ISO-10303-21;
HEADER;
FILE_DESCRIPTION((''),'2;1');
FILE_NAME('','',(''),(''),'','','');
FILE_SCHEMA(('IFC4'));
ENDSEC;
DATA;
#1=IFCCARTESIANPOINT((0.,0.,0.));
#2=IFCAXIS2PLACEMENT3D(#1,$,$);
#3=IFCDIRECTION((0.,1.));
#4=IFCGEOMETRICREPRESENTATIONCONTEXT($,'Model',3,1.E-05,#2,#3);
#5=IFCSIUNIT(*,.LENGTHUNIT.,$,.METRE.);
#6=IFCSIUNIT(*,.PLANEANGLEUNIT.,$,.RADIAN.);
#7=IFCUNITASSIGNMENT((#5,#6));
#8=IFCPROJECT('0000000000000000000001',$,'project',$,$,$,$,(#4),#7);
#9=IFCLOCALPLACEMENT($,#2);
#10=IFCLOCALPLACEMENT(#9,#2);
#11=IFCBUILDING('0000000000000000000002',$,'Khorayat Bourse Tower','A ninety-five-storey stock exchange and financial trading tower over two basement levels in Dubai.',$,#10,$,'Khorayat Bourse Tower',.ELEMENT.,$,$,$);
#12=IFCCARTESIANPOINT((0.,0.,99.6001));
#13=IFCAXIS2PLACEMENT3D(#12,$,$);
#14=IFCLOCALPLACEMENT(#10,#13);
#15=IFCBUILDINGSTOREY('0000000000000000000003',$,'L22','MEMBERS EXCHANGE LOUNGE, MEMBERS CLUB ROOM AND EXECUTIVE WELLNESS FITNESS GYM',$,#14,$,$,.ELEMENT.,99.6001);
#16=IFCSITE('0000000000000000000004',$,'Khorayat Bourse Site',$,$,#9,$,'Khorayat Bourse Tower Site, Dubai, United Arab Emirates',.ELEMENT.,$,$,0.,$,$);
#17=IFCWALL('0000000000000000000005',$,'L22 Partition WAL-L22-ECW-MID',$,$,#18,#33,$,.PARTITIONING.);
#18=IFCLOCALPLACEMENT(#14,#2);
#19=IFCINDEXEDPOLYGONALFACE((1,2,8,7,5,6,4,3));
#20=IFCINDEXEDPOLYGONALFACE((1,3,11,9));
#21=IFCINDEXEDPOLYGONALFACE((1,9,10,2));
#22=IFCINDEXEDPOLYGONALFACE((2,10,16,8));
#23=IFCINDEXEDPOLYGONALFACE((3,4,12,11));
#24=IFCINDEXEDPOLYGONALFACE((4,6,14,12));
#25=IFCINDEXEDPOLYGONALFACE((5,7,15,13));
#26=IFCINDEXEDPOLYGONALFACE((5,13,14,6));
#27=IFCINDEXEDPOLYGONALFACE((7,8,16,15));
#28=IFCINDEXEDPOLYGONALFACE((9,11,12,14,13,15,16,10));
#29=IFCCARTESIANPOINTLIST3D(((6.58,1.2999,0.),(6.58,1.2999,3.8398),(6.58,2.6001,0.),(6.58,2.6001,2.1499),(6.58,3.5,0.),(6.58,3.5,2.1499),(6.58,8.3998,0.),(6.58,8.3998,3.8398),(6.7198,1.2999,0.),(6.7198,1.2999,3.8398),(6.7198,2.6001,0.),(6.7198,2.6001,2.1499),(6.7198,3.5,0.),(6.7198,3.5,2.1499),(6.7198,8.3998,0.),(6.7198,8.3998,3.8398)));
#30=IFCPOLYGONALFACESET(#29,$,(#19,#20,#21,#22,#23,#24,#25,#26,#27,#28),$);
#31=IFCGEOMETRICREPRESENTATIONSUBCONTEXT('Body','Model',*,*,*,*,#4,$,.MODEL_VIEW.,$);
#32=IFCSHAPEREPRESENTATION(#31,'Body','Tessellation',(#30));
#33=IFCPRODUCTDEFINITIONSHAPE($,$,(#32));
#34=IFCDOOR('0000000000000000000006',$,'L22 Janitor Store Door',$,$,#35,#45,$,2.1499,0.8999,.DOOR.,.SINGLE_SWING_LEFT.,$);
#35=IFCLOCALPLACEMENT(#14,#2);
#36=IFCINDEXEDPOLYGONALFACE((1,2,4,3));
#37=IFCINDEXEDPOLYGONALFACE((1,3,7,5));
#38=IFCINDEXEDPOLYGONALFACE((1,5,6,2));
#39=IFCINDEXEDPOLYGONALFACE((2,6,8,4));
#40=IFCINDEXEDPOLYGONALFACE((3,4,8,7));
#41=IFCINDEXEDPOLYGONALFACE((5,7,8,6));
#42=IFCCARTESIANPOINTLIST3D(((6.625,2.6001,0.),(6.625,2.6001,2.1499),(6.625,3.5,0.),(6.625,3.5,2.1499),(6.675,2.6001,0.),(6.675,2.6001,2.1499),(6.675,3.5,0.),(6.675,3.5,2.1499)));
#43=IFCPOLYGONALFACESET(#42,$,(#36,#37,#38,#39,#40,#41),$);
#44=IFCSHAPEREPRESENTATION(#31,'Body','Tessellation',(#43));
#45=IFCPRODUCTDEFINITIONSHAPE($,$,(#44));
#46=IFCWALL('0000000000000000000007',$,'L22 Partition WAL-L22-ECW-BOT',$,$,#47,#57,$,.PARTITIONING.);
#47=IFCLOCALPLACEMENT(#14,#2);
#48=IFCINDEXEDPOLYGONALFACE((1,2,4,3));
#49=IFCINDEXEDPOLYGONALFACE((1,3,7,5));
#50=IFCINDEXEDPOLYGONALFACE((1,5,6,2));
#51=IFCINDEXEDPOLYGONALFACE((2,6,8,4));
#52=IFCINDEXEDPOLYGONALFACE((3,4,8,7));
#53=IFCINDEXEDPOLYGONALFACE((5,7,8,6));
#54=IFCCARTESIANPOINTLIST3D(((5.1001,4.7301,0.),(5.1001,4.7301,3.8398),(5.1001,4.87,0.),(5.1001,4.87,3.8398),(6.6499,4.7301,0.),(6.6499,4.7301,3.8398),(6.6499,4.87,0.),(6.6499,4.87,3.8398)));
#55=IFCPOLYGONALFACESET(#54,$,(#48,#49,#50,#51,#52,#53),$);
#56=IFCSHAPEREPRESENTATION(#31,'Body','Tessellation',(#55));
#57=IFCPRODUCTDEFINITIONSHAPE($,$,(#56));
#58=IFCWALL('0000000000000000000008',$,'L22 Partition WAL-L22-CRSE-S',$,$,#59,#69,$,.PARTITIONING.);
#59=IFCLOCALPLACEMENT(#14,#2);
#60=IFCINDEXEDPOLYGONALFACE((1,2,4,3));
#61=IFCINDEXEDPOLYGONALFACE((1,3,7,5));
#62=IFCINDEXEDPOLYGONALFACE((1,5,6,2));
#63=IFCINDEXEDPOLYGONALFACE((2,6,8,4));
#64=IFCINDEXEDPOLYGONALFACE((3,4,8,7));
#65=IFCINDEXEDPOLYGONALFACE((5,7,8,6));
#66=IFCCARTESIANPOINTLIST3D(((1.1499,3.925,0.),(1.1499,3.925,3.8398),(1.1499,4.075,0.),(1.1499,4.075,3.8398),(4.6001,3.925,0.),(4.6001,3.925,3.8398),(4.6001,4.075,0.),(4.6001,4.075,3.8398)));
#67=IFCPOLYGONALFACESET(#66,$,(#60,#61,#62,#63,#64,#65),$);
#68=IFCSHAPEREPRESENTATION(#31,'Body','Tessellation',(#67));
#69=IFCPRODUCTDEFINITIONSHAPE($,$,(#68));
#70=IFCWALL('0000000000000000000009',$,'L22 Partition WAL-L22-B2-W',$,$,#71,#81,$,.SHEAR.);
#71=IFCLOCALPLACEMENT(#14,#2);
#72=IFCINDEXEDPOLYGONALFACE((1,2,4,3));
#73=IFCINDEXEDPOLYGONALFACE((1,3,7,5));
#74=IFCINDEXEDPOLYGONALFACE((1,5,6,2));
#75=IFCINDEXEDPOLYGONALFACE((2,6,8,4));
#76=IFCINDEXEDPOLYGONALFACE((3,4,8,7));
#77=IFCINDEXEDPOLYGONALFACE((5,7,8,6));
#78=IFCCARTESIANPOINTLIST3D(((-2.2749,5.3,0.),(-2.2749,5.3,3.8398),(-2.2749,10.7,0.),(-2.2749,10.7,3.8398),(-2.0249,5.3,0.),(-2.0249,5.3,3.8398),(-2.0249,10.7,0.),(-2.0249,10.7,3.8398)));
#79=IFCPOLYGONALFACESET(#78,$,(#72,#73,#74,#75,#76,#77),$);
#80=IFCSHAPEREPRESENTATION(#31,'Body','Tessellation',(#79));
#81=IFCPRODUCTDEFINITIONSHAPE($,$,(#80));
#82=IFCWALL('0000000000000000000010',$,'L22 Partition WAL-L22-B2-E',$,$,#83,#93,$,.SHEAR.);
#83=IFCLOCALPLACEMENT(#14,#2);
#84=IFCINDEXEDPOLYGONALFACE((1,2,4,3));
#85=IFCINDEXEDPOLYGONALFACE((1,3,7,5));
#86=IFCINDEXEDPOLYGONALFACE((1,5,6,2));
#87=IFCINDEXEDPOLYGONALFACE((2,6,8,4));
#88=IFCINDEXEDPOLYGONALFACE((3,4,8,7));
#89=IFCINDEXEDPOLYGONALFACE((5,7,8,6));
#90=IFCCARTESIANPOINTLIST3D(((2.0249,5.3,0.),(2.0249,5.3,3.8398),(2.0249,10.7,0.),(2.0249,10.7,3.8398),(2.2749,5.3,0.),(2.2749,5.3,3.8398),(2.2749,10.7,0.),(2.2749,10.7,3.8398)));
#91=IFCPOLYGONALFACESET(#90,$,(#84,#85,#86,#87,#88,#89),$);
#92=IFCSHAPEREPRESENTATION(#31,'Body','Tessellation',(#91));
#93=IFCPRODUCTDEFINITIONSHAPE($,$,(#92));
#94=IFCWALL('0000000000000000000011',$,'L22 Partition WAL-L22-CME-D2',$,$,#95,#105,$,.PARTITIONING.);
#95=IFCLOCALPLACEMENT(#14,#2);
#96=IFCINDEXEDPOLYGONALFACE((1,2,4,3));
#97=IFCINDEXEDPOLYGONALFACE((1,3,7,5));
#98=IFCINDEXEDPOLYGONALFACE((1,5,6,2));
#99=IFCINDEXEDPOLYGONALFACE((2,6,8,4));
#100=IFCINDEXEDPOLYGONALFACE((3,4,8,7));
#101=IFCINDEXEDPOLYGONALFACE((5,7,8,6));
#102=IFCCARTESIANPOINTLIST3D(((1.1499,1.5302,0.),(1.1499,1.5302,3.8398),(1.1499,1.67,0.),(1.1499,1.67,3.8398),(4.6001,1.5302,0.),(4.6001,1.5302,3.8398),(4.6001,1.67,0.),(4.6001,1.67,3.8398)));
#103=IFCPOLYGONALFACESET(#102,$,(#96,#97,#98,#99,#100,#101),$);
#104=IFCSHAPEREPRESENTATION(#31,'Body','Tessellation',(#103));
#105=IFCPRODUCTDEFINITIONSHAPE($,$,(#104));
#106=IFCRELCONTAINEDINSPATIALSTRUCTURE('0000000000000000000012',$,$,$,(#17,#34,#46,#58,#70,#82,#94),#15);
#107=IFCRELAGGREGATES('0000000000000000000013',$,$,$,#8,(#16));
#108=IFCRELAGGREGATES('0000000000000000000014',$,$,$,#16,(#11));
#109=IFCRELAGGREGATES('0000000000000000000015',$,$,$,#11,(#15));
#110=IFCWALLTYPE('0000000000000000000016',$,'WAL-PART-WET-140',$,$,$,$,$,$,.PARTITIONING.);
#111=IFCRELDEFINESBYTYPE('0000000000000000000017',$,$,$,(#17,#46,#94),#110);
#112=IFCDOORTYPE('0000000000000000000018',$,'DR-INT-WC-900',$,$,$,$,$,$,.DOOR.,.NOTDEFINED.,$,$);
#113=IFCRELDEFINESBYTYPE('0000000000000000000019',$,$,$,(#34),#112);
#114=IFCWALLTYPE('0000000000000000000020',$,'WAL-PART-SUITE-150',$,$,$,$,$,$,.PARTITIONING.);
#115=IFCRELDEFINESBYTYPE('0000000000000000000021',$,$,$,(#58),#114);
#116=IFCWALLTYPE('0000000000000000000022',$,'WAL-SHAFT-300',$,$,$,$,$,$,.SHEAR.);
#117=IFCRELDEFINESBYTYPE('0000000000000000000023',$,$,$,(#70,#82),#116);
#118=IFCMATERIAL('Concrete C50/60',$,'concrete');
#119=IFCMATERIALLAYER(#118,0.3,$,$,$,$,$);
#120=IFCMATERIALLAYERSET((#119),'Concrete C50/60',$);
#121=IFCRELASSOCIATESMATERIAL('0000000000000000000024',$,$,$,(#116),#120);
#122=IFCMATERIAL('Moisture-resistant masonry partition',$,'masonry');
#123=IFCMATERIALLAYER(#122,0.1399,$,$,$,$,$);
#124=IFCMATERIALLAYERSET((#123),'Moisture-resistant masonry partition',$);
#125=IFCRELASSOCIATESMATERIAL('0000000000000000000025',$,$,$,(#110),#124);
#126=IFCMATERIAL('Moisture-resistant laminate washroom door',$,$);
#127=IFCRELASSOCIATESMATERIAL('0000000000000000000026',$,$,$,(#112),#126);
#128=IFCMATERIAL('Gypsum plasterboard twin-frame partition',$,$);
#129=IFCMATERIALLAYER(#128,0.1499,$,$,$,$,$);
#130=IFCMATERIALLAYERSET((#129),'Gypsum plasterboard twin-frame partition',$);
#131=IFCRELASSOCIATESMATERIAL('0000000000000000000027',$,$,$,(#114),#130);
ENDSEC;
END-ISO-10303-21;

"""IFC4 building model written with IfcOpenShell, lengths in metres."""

from ifc_helpers import new_model, si_unit, direction, frame, frame_2d, origin, place, context, subcontext, project, spatial, rectangle, extrude, source, transform, mapped, material, layer, layer_set, type_object, element, fill, save


model = new_model("IFC4")

# Units and contexts
model_context = context("Model", 3, precision=1e-05, world=origin(), true_north=direction((0.0, 1.0)))
body_context = subcontext(model_context, "Body", "Model", "MODEL_VIEW")
ifc_project = project(units=[si_unit("LENGTHUNIT", "METRE"), si_unit("PLANEANGLEUNIT", "RADIAN")], contexts=[model_context])

# Site, building, storey
site_placement = place(None, origin())
site = spatial("IfcSite", under=ifc_project, at=site_placement, Name="Khorayat Bourse Site", LongName="Khorayat Bourse Tower Site, Dubai, United Arab Emirates", CompositionType="ELEMENT", RefElevation=0.0)
building_placement = place(site_placement, origin())
building = spatial("IfcBuilding", under=site, at=building_placement, Name="Khorayat Bourse Tower", Description="A ninety-five-storey stock exchange and financial trading tower over two basement levels in Dubai.", LongName="Khorayat Bourse Tower", CompositionType="ELEMENT")
storey_placement = place(building_placement, frame((0.0, 0.0, 99.6001)))
storey = spatial("IfcBuildingStorey", under=building, at=storey_placement, Name="L22", Description="MEMBERS EXCHANGE LOUNGE, MEMBERS CLUB ROOM AND EXECUTIVE WELLNESS FITNESS GYM", CompositionType="ELEMENT", Elevation=99.6001)

# Shared definitions
ifc_material_1 = material(Name="Concrete C50/60", Category="concrete")
ifc_layer_1 = layer(ifc_material_1, 0.3)
ifc_layer_set_1 = layer_set([ifc_layer_1], Name="Concrete C50/60")
wall_type_1 = type_object("IfcWallType", Name="WAL-SHAFT-300", PredefinedType="SHEAR", material=ifc_layer_set_1)
ifc_material_2 = material(Name="Moisture-resistant masonry partition", Category="masonry")
ifc_layer_2 = layer(ifc_material_2, 0.1399)
ifc_layer_set_2 = layer_set([ifc_layer_2], Name="Moisture-resistant masonry partition")
wall_type_2 = type_object("IfcWallType", Name="WAL-PART-WET-140", PredefinedType="PARTITIONING", material=ifc_layer_set_2)

# Wall, opening, door
shared_shape_1 = source(origin(), body_context, "Body", "SweptSolid", [
    extrude(rectangle(XDim=7.0999, YDim=0.1399, at=frame_2d((3.5498, 0.0))), origin(), (0.0, 0.0, 1.0), 3.8398),
])
wall_1_placement = place(storey_placement, frame((6.6499, 1.3, 0.0), z_axis=(0.0, 0.0, 1.0), x_axis=(0.0, 1.0, 0.0)))
wall_1 = element("IfcWall", 1, at=wall_1_placement, inside=storey, type_object=wall_type_2, Name="L22 Partition WAL-L22-ECW-MID", PredefinedType="PARTITIONING", context=body_context, shape_type="MappedRepresentation", body=[
    mapped(shared_shape_1, transform((0.0, 0.0, 0.0), scale=1.0)),
])
shared_shape_2 = source(origin(), body_context, "Body", "SweptSolid", [
    extrude(rectangle(XDim=0.8999, YDim=2.1499, at=frame_2d((0.45, 1.075))), frame((0.0, 0.0798, 0.0), z_axis=(0.0, -1.0, 0.0), x_axis=(1.0, 0.0, 0.0)), (0.0, 0.0, 1.0), 0.1599),
])
opening_placement = place(wall_1_placement, frame((1.3, 0.0, 0.0)))
opening = element("IfcOpeningElement", 2, at=opening_placement, cuts=wall_1, PredefinedType="OPENING", context=body_context, shape_type="MappedRepresentation", body=[
    mapped(shared_shape_2, transform((0.0, 0.0, 0.0), scale=1.0)),
])
ifc_material_3 = material(Name="Moisture-resistant laminate washroom door")
door_type = type_object("IfcDoorType", Name="DR-INT-WC-900", OperationType="NOTDEFINED", PredefinedType="DOOR", material=ifc_material_3)
shared_shape_3 = source(origin(), body_context, "Body", "SweptSolid", [
    extrude(rectangle(XDim=0.8999, YDim=2.1499, at=frame_2d((0.45, 1.075))), frame((0.0, 0.0249, 0.0), z_axis=(0.0, -1.0, 0.0), x_axis=(1.0, 0.0, 0.0)), (0.0, 0.0, 1.0), 0.05),
])
door_placement = place(opening_placement, origin())
door = element("IfcDoor", 3, at=door_placement, inside=storey, type_object=door_type, Name="L22 Janitor Store Door", OperationType="SINGLE_SWING_LEFT", OverallHeight=2.1499, OverallWidth=0.8999, PredefinedType="DOOR", context=body_context, shape_type="MappedRepresentation", body=[
    mapped(shared_shape_3, transform((0.0, 0.0, 0.0), scale=1.0)),
])
fill(opening, door)

# Walls
shared_shape_4 = source(origin(), body_context, "Body", "SweptSolid", [
    extrude(rectangle(XDim=1.5498, YDim=0.1399, at=frame_2d((0.7749, 0.0))), origin(), (0.0, 0.0, 1.0), 3.8398),
])
wall_2_placement = place(storey_placement, frame((5.1001, 4.8, 0.0), z_axis=(0.0, 0.0, 1.0), x_axis=(1.0, 0.0, 0.0)))
element("IfcWall", 4, at=wall_2_placement, inside=storey, type_object=wall_type_2, Name="L22 Partition WAL-L22-ECW-BOT", PredefinedType="PARTITIONING", context=body_context, shape_type="MappedRepresentation", body=[
    mapped(shared_shape_4, transform((0.0, 0.0, 0.0), scale=1.0)),
])
ifc_material_4 = material(Name="Gypsum plasterboard twin-frame partition")
ifc_layer_3 = layer(ifc_material_4, 0.1499)
ifc_layer_set_3 = layer_set([ifc_layer_3], Name="Gypsum plasterboard twin-frame partition")
wall_type_3 = type_object("IfcWallType", Name="WAL-PART-SUITE-150", PredefinedType="PARTITIONING", material=ifc_layer_set_3)
shared_shape_5 = source(origin(), body_context, "Body", "SweptSolid", [
    extrude(rectangle(XDim=3.4502, YDim=0.1499, at=frame_2d((1.7251, 0.0))), origin(), (0.0, 0.0, 1.0), 3.8398),
])
wall_3_placement = place(storey_placement, frame((1.1499, 4.0, 0.0), z_axis=(0.0, 0.0, 1.0), x_axis=(1.0, 0.0, 0.0)))
element("IfcWall", 5, at=wall_3_placement, inside=storey, type_object=wall_type_3, Name="L22 Partition WAL-L22-CRSE-S", PredefinedType="PARTITIONING", context=body_context, shape_type="MappedRepresentation", body=[
    mapped(shared_shape_5, transform((0.0, 0.0, 0.0), scale=1.0)),
])
shared_shape_6 = source(origin(), body_context, "Body", "SweptSolid", [
    extrude(rectangle(XDim=5.3999, YDim=0.25, at=frame_2d((2.7, 0.0))), origin(), (0.0, 0.0, 1.0), 3.8398),
])
for number, where, z_axis, x_axis, name in (
    (6, (-2.1499, 5.3, 0.0), (0.0, 0.0, 1.0), (0.0, 1.0, 0.0), "L22 Partition WAL-L22-B2-W"),
    (7, (2.1499, 5.3, 0.0), (0.0, 0.0, 1.0), (0.0, 1.0, 0.0), "L22 Partition WAL-L22-B2-E"),
):
    element("IfcWall", number, at=place(storey_placement, frame(where, z_axis=z_axis, x_axis=x_axis)), inside=storey, type_object=wall_type_1, Name=name, PredefinedType="SHEAR", context=body_context, shape_type="MappedRepresentation", body=[
        mapped(shared_shape_6, transform((0.0, 0.0, 0.0), scale=1.0)),
    ])
shared_shape_7 = source(origin(), body_context, "Body", "SweptSolid", [
    extrude(rectangle(XDim=3.4502, YDim=0.1399, at=frame_2d((1.7251, 0.0))), origin(), (0.0, 0.0, 1.0), 3.8398),
])
wall_4_placement = place(storey_placement, frame((1.1499, 1.6001, 0.0), z_axis=(0.0, 0.0, 1.0), x_axis=(1.0, 0.0, 0.0)))
element("IfcWall", 8, at=wall_4_placement, inside=storey, type_object=wall_type_2, Name="L22 Partition WAL-L22-CME-D2", PredefinedType="PARTITIONING", context=body_context, shape_type="MappedRepresentation", body=[
    mapped(shared_shape_7, transform((0.0, 0.0, 0.0), scale=1.0)),
])

save(model, "model.ifc")
